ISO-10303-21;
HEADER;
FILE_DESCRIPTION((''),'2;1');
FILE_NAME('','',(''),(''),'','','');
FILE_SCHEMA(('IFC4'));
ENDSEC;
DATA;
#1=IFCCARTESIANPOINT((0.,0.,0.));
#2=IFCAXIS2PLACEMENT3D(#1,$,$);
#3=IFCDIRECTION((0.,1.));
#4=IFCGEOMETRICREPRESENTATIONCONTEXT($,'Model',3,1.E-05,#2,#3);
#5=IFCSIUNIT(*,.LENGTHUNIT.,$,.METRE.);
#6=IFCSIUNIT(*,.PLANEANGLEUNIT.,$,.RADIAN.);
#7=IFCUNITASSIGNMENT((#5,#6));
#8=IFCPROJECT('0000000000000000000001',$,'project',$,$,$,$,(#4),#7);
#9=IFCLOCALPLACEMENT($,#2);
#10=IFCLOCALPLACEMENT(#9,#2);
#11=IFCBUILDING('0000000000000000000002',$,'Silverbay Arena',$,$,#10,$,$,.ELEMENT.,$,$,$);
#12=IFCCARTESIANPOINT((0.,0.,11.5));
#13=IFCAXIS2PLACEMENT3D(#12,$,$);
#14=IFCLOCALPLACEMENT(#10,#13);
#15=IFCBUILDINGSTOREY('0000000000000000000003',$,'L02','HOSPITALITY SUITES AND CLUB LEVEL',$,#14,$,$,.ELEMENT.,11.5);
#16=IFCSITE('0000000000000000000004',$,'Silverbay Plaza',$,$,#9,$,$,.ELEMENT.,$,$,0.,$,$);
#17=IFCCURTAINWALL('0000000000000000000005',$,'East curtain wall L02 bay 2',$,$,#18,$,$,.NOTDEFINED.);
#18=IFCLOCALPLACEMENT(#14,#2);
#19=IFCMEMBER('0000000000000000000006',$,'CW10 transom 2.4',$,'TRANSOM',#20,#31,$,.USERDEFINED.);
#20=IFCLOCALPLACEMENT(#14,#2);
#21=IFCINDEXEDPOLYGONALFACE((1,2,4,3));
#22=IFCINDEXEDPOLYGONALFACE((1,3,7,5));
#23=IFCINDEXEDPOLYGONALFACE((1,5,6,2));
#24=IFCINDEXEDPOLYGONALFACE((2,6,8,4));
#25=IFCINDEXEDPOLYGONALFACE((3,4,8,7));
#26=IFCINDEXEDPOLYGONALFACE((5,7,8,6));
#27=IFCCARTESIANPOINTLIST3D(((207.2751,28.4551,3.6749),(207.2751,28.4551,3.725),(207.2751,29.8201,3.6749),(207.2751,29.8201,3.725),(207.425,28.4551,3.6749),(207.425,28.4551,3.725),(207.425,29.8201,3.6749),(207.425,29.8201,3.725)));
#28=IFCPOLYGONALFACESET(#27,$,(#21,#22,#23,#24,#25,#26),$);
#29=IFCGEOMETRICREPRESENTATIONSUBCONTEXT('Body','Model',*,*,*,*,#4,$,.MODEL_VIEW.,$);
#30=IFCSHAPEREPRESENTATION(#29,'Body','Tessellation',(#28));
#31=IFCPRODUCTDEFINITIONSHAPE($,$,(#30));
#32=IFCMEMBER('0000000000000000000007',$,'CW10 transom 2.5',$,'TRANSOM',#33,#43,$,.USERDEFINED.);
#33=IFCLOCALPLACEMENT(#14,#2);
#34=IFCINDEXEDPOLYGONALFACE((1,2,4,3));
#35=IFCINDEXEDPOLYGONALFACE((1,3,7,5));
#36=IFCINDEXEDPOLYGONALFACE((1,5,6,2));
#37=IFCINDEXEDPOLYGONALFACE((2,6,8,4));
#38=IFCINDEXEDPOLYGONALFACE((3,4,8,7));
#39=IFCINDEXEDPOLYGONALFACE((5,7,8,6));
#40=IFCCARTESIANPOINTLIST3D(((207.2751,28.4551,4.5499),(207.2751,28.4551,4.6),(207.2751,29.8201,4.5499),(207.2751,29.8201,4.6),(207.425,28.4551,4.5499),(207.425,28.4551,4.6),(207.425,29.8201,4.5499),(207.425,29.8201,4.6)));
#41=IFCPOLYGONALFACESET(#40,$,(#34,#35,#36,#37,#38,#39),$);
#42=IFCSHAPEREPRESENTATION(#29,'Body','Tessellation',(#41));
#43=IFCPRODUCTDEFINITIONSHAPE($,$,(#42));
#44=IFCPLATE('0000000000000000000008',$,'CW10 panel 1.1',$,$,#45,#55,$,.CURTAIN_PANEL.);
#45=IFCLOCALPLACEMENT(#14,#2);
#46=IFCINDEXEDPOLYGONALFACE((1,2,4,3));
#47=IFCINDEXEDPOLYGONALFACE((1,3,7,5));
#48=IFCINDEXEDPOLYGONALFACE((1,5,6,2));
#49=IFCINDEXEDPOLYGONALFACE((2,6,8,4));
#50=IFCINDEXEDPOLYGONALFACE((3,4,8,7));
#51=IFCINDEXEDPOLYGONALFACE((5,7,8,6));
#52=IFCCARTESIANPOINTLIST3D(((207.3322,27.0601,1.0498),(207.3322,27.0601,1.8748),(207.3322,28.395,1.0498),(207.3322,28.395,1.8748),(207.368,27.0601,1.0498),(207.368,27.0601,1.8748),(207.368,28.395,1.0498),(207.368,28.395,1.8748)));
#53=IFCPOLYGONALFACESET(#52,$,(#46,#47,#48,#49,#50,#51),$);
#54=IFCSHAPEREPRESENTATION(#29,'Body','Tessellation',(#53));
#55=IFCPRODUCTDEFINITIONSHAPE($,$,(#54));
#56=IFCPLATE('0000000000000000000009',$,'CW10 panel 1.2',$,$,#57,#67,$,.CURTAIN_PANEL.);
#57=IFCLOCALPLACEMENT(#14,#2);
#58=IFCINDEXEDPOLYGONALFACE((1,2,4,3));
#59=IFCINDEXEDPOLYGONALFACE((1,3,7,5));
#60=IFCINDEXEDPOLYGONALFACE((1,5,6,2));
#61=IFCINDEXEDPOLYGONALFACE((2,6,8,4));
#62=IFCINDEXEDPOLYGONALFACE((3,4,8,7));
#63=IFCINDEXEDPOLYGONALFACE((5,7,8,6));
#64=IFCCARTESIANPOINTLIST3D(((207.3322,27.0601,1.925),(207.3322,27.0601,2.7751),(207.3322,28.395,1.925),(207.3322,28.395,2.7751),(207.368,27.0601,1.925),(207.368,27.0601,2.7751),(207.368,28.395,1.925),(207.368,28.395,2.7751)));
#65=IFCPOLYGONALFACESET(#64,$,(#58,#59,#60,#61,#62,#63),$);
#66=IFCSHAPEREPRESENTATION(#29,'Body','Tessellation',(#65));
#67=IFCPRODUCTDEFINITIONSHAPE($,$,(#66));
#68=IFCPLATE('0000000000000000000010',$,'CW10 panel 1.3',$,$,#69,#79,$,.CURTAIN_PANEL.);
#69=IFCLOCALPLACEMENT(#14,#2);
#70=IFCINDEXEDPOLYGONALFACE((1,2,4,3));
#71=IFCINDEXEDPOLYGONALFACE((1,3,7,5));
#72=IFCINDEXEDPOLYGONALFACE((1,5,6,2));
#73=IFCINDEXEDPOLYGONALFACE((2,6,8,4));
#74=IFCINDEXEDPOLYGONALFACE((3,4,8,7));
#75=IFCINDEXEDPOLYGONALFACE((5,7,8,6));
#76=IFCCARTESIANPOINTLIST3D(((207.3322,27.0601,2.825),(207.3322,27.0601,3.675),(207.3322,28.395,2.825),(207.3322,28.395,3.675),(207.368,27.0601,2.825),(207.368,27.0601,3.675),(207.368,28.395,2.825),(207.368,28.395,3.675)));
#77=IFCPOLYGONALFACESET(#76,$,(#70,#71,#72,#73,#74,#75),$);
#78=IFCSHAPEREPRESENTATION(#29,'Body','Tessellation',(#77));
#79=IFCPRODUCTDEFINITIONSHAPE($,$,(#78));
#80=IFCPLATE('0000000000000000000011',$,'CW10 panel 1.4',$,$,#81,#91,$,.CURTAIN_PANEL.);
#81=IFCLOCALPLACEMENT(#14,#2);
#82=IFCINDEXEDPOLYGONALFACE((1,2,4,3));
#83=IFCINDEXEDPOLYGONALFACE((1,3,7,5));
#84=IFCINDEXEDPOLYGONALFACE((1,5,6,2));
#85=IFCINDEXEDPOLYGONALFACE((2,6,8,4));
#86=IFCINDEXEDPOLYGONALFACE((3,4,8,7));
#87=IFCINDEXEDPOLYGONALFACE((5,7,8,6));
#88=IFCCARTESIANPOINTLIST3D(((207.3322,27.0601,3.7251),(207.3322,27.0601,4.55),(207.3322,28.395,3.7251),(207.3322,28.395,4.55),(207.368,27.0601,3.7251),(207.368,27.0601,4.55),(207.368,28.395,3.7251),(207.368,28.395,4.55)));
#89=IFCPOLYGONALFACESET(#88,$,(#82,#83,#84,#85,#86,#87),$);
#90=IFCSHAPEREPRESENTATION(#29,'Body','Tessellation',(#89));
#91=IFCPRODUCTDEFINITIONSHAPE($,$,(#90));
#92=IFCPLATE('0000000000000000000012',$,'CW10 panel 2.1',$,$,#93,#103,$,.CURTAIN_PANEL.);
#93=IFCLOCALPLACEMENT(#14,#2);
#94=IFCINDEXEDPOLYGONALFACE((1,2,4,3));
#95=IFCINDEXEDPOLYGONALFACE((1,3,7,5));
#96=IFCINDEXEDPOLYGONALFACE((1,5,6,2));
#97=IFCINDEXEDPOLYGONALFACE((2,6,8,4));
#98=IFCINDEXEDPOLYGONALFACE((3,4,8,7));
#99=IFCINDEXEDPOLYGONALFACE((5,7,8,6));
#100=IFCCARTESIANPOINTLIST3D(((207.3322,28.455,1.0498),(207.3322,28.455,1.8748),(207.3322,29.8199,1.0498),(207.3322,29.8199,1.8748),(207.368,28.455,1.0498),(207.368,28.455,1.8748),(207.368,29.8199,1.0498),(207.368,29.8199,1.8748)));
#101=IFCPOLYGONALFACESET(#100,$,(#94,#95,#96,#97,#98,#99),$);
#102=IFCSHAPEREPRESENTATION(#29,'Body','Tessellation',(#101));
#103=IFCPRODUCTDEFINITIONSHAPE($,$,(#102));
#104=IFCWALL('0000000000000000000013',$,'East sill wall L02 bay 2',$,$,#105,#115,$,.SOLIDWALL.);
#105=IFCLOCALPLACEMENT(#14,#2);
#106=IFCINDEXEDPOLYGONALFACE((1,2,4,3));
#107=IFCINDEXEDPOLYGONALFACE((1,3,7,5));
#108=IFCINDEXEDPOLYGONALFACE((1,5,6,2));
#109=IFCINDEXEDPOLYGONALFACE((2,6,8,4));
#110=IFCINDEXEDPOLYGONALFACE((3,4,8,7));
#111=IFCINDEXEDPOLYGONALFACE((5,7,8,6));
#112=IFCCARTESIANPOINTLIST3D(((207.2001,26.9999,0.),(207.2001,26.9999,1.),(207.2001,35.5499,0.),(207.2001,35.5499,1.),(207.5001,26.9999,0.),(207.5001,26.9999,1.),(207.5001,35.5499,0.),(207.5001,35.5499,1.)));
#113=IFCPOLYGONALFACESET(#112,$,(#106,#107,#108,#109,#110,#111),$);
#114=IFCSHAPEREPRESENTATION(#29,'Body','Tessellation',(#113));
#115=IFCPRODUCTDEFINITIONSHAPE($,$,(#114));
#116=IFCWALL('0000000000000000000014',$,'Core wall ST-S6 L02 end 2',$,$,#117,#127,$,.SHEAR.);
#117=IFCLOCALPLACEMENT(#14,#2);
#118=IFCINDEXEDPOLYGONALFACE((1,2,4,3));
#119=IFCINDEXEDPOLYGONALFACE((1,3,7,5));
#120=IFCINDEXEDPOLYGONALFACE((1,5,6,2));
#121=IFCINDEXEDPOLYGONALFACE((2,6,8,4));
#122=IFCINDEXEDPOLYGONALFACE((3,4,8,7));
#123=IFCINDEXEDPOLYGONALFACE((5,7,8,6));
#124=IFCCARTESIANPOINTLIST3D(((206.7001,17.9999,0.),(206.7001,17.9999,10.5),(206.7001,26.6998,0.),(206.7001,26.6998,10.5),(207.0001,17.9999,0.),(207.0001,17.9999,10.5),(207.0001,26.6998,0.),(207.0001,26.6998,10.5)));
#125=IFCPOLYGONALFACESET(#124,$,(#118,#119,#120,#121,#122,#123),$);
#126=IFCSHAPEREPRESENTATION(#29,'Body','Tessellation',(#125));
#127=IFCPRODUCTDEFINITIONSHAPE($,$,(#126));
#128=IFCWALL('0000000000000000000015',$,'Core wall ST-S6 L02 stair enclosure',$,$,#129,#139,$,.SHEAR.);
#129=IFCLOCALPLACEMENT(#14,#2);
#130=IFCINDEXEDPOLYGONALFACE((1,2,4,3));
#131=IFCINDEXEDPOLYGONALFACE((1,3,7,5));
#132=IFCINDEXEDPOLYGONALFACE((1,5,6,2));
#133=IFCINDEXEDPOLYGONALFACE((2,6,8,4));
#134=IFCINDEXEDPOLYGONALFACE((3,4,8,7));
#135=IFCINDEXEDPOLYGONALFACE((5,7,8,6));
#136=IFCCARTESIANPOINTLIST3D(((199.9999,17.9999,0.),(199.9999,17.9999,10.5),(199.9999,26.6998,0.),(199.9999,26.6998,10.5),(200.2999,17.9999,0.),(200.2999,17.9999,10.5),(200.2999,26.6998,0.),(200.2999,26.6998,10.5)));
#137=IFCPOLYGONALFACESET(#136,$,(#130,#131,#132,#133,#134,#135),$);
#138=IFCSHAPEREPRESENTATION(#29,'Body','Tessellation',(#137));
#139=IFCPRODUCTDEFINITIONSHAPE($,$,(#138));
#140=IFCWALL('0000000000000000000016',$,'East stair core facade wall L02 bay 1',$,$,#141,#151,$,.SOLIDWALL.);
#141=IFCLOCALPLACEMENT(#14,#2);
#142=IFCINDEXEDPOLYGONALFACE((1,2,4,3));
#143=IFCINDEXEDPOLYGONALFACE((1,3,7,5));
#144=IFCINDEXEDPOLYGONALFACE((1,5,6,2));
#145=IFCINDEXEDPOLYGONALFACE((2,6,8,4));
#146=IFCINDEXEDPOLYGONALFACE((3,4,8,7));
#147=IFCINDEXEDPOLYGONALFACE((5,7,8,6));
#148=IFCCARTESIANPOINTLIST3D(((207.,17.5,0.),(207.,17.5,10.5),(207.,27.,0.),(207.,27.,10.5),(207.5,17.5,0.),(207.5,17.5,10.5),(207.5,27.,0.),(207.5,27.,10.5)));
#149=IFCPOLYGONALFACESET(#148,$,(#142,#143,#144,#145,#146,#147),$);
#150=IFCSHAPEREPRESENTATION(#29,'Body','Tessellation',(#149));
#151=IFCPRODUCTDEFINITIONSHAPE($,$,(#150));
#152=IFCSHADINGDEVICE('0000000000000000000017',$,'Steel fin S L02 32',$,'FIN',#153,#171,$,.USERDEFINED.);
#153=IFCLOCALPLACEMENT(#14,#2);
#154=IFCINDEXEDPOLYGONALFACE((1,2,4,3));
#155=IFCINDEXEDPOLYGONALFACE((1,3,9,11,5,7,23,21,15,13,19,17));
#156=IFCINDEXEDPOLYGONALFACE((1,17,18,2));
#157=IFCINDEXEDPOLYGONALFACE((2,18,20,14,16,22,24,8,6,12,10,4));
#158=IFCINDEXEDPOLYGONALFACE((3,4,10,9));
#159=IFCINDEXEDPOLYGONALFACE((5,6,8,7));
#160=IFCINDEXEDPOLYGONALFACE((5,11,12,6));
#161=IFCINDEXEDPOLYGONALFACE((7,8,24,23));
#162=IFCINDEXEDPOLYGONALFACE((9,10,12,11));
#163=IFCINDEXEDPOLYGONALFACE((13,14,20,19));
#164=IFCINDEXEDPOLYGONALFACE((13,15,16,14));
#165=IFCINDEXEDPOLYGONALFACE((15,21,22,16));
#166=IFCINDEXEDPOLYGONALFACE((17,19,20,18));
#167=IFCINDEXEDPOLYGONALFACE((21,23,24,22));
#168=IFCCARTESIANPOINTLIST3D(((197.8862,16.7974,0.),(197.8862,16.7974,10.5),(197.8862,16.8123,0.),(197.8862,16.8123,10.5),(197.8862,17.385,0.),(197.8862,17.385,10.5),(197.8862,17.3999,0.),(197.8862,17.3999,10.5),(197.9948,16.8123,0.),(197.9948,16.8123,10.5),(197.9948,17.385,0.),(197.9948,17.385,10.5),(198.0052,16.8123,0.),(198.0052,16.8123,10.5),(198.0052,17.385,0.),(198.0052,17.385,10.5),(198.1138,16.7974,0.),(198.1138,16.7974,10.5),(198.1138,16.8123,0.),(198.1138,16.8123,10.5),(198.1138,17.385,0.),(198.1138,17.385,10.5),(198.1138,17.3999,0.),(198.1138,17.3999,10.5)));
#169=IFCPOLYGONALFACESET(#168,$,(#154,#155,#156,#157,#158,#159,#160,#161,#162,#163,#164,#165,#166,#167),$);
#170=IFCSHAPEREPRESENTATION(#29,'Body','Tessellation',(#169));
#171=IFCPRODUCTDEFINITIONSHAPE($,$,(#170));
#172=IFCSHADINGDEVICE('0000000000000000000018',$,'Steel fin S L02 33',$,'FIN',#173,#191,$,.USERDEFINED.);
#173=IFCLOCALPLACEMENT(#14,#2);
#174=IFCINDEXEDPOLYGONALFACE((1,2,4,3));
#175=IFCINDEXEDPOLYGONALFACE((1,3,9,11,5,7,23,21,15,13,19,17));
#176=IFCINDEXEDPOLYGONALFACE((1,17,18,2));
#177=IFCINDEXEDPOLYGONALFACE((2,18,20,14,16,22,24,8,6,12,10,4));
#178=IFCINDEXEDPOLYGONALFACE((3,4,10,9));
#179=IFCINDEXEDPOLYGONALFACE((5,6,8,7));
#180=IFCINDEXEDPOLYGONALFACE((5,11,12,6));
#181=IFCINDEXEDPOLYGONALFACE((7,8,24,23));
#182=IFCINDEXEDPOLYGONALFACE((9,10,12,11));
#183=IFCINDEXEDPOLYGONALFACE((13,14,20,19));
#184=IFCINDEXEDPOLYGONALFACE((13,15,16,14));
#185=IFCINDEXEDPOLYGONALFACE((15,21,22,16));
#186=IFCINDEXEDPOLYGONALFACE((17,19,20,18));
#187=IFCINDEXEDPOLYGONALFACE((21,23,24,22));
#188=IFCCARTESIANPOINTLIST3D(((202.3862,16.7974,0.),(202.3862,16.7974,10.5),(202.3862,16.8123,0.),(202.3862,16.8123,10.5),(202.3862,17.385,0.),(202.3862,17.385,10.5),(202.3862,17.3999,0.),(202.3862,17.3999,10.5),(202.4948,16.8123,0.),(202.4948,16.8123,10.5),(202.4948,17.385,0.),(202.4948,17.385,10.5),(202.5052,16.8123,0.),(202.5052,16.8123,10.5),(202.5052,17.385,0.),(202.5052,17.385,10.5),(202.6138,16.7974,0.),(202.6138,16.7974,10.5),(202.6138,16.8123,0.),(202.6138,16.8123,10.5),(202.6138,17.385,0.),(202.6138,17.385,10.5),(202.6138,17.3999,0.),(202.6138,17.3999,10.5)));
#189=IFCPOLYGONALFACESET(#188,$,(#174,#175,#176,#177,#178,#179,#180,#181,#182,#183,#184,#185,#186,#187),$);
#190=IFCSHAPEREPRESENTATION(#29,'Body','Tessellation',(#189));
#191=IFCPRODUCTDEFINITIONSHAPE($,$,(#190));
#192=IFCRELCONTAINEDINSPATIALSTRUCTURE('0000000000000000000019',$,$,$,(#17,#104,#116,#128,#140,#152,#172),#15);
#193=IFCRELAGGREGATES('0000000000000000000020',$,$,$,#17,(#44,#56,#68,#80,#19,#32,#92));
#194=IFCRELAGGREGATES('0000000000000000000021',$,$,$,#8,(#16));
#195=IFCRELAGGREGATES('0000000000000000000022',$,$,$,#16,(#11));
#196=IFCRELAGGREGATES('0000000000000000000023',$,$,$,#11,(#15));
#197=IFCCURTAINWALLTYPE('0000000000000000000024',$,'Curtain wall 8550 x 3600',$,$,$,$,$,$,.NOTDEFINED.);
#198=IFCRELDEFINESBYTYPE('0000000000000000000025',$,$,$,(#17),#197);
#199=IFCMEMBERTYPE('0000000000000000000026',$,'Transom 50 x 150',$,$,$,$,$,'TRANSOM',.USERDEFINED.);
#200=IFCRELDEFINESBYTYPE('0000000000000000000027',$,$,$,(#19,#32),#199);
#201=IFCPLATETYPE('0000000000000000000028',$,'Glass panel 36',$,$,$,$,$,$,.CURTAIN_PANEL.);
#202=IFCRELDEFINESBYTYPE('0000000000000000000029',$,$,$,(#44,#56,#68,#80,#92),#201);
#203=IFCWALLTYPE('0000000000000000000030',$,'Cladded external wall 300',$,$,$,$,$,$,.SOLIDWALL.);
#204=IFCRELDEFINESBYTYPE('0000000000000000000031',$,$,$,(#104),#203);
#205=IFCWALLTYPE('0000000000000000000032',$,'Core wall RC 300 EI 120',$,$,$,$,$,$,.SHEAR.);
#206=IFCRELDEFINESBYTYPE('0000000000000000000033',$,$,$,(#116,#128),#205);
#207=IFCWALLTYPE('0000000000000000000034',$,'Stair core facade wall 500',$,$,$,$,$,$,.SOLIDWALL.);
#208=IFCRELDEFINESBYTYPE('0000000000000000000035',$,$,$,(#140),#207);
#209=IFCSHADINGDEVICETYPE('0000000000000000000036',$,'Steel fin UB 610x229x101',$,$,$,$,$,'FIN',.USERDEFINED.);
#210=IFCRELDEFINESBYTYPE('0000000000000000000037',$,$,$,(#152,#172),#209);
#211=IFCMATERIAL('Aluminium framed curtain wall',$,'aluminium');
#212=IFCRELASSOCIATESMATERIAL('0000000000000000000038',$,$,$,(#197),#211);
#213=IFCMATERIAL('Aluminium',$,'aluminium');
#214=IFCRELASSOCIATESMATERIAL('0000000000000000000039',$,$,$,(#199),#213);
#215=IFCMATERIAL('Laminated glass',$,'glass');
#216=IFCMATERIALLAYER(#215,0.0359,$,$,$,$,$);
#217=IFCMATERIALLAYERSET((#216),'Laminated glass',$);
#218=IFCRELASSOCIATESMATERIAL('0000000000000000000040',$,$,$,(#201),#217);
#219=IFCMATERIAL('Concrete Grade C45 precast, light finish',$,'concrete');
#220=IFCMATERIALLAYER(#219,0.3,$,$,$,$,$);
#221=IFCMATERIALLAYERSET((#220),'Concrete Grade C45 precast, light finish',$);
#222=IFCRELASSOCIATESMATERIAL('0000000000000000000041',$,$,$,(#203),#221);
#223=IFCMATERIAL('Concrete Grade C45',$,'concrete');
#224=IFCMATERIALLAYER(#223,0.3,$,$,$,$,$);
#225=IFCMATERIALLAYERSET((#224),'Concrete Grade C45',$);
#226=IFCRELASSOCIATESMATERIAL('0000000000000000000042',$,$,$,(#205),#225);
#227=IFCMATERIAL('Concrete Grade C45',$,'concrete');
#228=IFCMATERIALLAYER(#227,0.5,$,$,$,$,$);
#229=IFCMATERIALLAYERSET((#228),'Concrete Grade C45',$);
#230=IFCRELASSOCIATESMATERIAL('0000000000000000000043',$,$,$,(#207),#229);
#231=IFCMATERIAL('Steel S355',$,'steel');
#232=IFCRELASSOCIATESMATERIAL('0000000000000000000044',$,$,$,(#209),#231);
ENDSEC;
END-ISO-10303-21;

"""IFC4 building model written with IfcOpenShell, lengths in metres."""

from ifc_helpers import new_model, si_unit, direction, frame, frame_2d, origin, origin_2d, place, context, subcontext, project, spatial, rectangle, i_section, extrude, material, layer, layer_set, material_profile, profile_set, type_object, element, aggregate, save


model = new_model("IFC4")

# Units and contexts
model_context = context("Model", 3, precision=1e-05, world=origin(), true_north=direction((0.0, 1.0)))
body_context = subcontext(model_context, "Body", "Model", "MODEL_VIEW")
ifc_project = project(units=[si_unit("LENGTHUNIT", "METRE"), si_unit("PLANEANGLEUNIT", "RADIAN")], contexts=[model_context])

# Site, building, storey
site_placement = place(None, origin())
site = spatial("IfcSite", under=ifc_project, at=site_placement, Name="Silverbay Plaza", CompositionType="ELEMENT", RefElevation=0.0)
building_placement = place(site_placement, origin())
building = spatial("IfcBuilding", under=site, at=building_placement, Name="Silverbay Arena", CompositionType="ELEMENT")
storey_placement = place(building_placement, frame((0.0, 0.0, 11.5)))
storey = spatial("IfcBuildingStorey", under=building, at=storey_placement, Name="L02", Description="HOSPITALITY SUITES AND CLUB LEVEL", CompositionType="ELEMENT", Elevation=11.5)

# Curtain wall
ifc_material_1 = material(Name="Aluminium framed curtain wall", Category="aluminium")
curtain_wall_type = type_object("IfcCurtainWallType", Name="Curtain wall 8550 x 3600", PredefinedType="NOTDEFINED", material=ifc_material_1)
curtain_wall_placement = place(storey_placement, origin())
curtain_wall = element("IfcCurtainWall", 1, at=curtain_wall_placement, inside=storey, type_object=curtain_wall_type, Name="East curtain wall L02 bay 2", PredefinedType="NOTDEFINED")

# Members
ifc_material_2 = material(Name="Aluminium", Category="aluminium")
ifc_material_profile_1 = material_profile(ifc_material_2, rectangle(XDim=0.1499, YDim=0.05, at=origin_2d()), Name="Transom 50 x 150")
ifc_profile_set_1 = profile_set([ifc_material_profile_1], Name="Aluminium")
member_type_1 = type_object("IfcMemberType", Name="Transom 50 x 150", ElementType="TRANSOM", PredefinedType="USERDEFINED", material=ifc_profile_set_1)
member_1_placement = place(storey_placement, frame((207.3501, 28.4551, 3.7), z_axis=(0.0, 1.0, 0.0), x_axis=(-1.0, 0.0, 0.0)))
member_1 = element("IfcMember", 2, at=member_1_placement, type_object=member_type_1, Name="CW10 transom 2.4", ObjectType="TRANSOM", PredefinedType="USERDEFINED", context=body_context, shape_type="SweptSolid", body=[
    extrude(rectangle(XDim=0.1499, YDim=0.05, at=origin_2d()), origin(), (0.0, 0.0, 1.0), 1.365),
])
member_2_placement = place(storey_placement, frame((207.3501, 28.4551, 4.575), z_axis=(0.0, 1.0, 0.0), x_axis=(-1.0, 0.0, 0.0)))
member_2 = element("IfcMember", 3, at=member_2_placement, type_object=member_type_1, Name="CW10 transom 2.5", ObjectType="TRANSOM", PredefinedType="USERDEFINED", context=body_context, shape_type="SweptSolid", body=[
    extrude(rectangle(XDim=0.1499, YDim=0.05, at=origin_2d()), origin(), (0.0, 0.0, 1.0), 1.365),
])

# Plates
ifc_material_3 = material(Name="Laminated glass", Category="glass")
ifc_layer_1 = layer(ifc_material_3, 0.0359)
ifc_layer_set_1 = layer_set([ifc_layer_1], Name="Laminated glass")
plate_type = type_object("IfcPlateType", Name="Glass panel 36", PredefinedType="CURTAIN_PANEL", material=ifc_layer_set_1)
plate_1_placement = place(storey_placement, frame((207.3501, 27.7275, 1.0498), z_axis=(0.0, 0.0, 1.0), x_axis=(0.0, 1.0, 0.0)))
plate_1 = element("IfcPlate", 4, at=plate_1_placement, type_object=plate_type, Name="CW10 panel 1.1", PredefinedType="CURTAIN_PANEL", context=body_context, shape_type="SweptSolid", body=[
    extrude(rectangle(XDim=1.335, YDim=0.0359, at=origin_2d()), origin(), (0.0, 0.0, 1.0), 0.825),
])
plate_2_placement = place(storey_placement, frame((207.3501, 27.7275, 1.925), z_axis=(0.0, 0.0, 1.0), x_axis=(0.0, 1.0, 0.0)))
plate_2 = element("IfcPlate", 5, at=plate_2_placement, type_object=plate_type, Name="CW10 panel 1.2", PredefinedType="CURTAIN_PANEL", context=body_context, shape_type="SweptSolid", body=[
    extrude(rectangle(XDim=1.335, YDim=0.0359, at=origin_2d()), origin(), (0.0, 0.0, 1.0), 0.8501),
])
plate_3_placement = place(storey_placement, frame((207.3501, 27.7275, 2.825), z_axis=(0.0, 0.0, 1.0), x_axis=(0.0, 1.0, 0.0)))
plate_3 = element("IfcPlate", 6, at=plate_3_placement, type_object=plate_type, Name="CW10 panel 1.3", PredefinedType="CURTAIN_PANEL", context=body_context, shape_type="SweptSolid", body=[
    extrude(rectangle(XDim=1.335, YDim=0.0359, at=origin_2d()), origin(), (0.0, 0.0, 1.0), 0.8501),
])
plate_4_placement = place(storey_placement, frame((207.3501, 27.7275, 3.7251), z_axis=(0.0, 0.0, 1.0), x_axis=(0.0, 1.0, 0.0)))
plate_4 = element("IfcPlate", 7, at=plate_4_placement, type_object=plate_type, Name="CW10 panel 1.4", PredefinedType="CURTAIN_PANEL", context=body_context, shape_type="SweptSolid", body=[
    extrude(rectangle(XDim=1.335, YDim=0.0359, at=origin_2d()), origin(), (0.0, 0.0, 1.0), 0.825),
])
plate_5_placement = place(storey_placement, frame((207.3501, 29.1375, 1.0498), z_axis=(0.0, 0.0, 1.0), x_axis=(0.0, 1.0, 0.0)))
plate_5 = element("IfcPlate", 8, at=plate_5_placement, type_object=plate_type, Name="CW10 panel 2.1", PredefinedType="CURTAIN_PANEL", context=body_context, shape_type="SweptSolid", body=[
    extrude(rectangle(XDim=1.365, YDim=0.0359, at=origin_2d()), origin(), (0.0, 0.0, 1.0), 0.825),
])
aggregate(curtain_wall, [plate_1, plate_2, plate_3, plate_4, member_1, member_2, plate_5])

# Walls
ifc_material_4 = material(Name="Concrete Grade C45 precast, light finish", Category="concrete")
ifc_layer_2 = layer(ifc_material_4, 0.3)
ifc_layer_set_2 = layer_set([ifc_layer_2], Name="Concrete Grade C45 precast, light finish")
wall_type_1 = type_object("IfcWallType", Name="Cladded external wall 300", PredefinedType="SOLIDWALL", material=ifc_layer_set_2)
wall_1_placement = place(storey_placement, frame((207.3501, 27.0, 0.0), z_axis=(0.0, 0.0, 1.0), x_axis=(0.0, 1.0, 0.0)))
element("IfcWall", 9, at=wall_1_placement, inside=storey, type_object=wall_type_1, Name="East sill wall L02 bay 2", PredefinedType="SOLIDWALL", context=body_context, shape_type="SweptSolid", body=[
    extrude(rectangle(XDim=8.55, YDim=0.3, at=frame_2d((4.2749, 0.0))), origin(), (0.0, 0.0, 1.0), 1.0),
])
ifc_material_5 = material(Name="Concrete Grade C45", Category="concrete")
ifc_layer_3 = layer(ifc_material_5, 0.3)
ifc_layer_set_3 = layer_set([ifc_layer_3], Name="Concrete Grade C45")
wall_type_2 = type_object("IfcWallType", Name="Core wall RC 300 EI 120", PredefinedType="SHEAR", material=ifc_layer_set_3)
for number, where, z_axis, x_axis, name in (
    (10, (206.8501, 26.7, 0.0), (0.0, 0.0, 1.0), (0.0, -1.0, 0.0), "Core wall ST-S6 L02 end 2"),
    (11, (200.1499, 26.7, 0.0), (0.0, 0.0, 1.0), (0.0, -1.0, 0.0), "Core wall ST-S6 L02 stair enclosure"),
):
    element("IfcWall", number, at=place(storey_placement, frame(where, z_axis=z_axis, x_axis=x_axis)), inside=storey, type_object=wall_type_2, Name=name, PredefinedType="SHEAR", context=body_context, shape_type="SweptSolid", body=[
        extrude(rectangle(XDim=8.7, YDim=0.3, at=frame_2d((4.3501, 0.0))), origin(), (0.0, 0.0, 1.0), 10.5),
    ])
ifc_material_6 = material(Name="Concrete Grade C45", Category="concrete")
ifc_layer_4 = layer(ifc_material_6, 0.5)
ifc_layer_set_4 = layer_set([ifc_layer_4], Name="Concrete Grade C45")
wall_type_3 = type_object("IfcWallType", Name="Stair core facade wall 500", PredefinedType="SOLIDWALL", material=ifc_layer_set_4)
wall_2_placement = place(storey_placement, frame((207.25, 17.5, 0.0), z_axis=(0.0, 0.0, 1.0), x_axis=(0.0, 1.0, 0.0)))
element("IfcWall", 12, at=wall_2_placement, inside=storey, type_object=wall_type_3, Name="East stair core facade wall L02 bay 1", PredefinedType="SOLIDWALL", context=body_context, shape_type="SweptSolid", body=[
    extrude(rectangle(XDim=9.5, YDim=0.5, at=frame_2d((4.75, 0.0))), origin(), (0.0, 0.0, 1.0), 10.5),
])

# Shading devices
ifc_material_7 = material(Name="Steel S355", Category="steel")
ifc_material_profile_2 = material_profile(ifc_material_7, i_section(OverallWidth=0.2275, OverallDepth=0.6025, WebThickness=0.0105, FlangeThickness=0.0149, at=origin_2d()), Name="UB 610x229x101")
ifc_profile_set_2 = profile_set([ifc_material_profile_2], Name="Steel S355")
shading_device_type = type_object("IfcShadingDeviceType", Name="Steel fin UB 610x229x101", ElementType="FIN", PredefinedType="USERDEFINED", material=ifc_profile_set_2)
for number, where, z_axis, x_axis, name in (
    (13, (198.0, 17.0986, 0.0), (0.0, 0.0, 1.0), (1.0, 0.0, 0.0), "Steel fin S L02 32"),
    (14, (202.5, 17.0986, 0.0), (0.0, 0.0, 1.0), (1.0, 0.0, 0.0), "Steel fin S L02 33"),
):
    element("IfcShadingDevice", number, at=place(storey_placement, frame(where, z_axis=z_axis, x_axis=x_axis)), inside=storey, type_object=shading_device_type, Name=name, ObjectType="FIN", PredefinedType="USERDEFINED", context=body_context, shape_type="SweptSolid", body=[
        extrude(i_section(OverallWidth=0.2275, OverallDepth=0.6025, WebThickness=0.0105, FlangeThickness=0.0149, at=origin_2d()), origin(), (0.0, 0.0, 1.0), 10.5),
    ])

save(model, "model.ifc")
